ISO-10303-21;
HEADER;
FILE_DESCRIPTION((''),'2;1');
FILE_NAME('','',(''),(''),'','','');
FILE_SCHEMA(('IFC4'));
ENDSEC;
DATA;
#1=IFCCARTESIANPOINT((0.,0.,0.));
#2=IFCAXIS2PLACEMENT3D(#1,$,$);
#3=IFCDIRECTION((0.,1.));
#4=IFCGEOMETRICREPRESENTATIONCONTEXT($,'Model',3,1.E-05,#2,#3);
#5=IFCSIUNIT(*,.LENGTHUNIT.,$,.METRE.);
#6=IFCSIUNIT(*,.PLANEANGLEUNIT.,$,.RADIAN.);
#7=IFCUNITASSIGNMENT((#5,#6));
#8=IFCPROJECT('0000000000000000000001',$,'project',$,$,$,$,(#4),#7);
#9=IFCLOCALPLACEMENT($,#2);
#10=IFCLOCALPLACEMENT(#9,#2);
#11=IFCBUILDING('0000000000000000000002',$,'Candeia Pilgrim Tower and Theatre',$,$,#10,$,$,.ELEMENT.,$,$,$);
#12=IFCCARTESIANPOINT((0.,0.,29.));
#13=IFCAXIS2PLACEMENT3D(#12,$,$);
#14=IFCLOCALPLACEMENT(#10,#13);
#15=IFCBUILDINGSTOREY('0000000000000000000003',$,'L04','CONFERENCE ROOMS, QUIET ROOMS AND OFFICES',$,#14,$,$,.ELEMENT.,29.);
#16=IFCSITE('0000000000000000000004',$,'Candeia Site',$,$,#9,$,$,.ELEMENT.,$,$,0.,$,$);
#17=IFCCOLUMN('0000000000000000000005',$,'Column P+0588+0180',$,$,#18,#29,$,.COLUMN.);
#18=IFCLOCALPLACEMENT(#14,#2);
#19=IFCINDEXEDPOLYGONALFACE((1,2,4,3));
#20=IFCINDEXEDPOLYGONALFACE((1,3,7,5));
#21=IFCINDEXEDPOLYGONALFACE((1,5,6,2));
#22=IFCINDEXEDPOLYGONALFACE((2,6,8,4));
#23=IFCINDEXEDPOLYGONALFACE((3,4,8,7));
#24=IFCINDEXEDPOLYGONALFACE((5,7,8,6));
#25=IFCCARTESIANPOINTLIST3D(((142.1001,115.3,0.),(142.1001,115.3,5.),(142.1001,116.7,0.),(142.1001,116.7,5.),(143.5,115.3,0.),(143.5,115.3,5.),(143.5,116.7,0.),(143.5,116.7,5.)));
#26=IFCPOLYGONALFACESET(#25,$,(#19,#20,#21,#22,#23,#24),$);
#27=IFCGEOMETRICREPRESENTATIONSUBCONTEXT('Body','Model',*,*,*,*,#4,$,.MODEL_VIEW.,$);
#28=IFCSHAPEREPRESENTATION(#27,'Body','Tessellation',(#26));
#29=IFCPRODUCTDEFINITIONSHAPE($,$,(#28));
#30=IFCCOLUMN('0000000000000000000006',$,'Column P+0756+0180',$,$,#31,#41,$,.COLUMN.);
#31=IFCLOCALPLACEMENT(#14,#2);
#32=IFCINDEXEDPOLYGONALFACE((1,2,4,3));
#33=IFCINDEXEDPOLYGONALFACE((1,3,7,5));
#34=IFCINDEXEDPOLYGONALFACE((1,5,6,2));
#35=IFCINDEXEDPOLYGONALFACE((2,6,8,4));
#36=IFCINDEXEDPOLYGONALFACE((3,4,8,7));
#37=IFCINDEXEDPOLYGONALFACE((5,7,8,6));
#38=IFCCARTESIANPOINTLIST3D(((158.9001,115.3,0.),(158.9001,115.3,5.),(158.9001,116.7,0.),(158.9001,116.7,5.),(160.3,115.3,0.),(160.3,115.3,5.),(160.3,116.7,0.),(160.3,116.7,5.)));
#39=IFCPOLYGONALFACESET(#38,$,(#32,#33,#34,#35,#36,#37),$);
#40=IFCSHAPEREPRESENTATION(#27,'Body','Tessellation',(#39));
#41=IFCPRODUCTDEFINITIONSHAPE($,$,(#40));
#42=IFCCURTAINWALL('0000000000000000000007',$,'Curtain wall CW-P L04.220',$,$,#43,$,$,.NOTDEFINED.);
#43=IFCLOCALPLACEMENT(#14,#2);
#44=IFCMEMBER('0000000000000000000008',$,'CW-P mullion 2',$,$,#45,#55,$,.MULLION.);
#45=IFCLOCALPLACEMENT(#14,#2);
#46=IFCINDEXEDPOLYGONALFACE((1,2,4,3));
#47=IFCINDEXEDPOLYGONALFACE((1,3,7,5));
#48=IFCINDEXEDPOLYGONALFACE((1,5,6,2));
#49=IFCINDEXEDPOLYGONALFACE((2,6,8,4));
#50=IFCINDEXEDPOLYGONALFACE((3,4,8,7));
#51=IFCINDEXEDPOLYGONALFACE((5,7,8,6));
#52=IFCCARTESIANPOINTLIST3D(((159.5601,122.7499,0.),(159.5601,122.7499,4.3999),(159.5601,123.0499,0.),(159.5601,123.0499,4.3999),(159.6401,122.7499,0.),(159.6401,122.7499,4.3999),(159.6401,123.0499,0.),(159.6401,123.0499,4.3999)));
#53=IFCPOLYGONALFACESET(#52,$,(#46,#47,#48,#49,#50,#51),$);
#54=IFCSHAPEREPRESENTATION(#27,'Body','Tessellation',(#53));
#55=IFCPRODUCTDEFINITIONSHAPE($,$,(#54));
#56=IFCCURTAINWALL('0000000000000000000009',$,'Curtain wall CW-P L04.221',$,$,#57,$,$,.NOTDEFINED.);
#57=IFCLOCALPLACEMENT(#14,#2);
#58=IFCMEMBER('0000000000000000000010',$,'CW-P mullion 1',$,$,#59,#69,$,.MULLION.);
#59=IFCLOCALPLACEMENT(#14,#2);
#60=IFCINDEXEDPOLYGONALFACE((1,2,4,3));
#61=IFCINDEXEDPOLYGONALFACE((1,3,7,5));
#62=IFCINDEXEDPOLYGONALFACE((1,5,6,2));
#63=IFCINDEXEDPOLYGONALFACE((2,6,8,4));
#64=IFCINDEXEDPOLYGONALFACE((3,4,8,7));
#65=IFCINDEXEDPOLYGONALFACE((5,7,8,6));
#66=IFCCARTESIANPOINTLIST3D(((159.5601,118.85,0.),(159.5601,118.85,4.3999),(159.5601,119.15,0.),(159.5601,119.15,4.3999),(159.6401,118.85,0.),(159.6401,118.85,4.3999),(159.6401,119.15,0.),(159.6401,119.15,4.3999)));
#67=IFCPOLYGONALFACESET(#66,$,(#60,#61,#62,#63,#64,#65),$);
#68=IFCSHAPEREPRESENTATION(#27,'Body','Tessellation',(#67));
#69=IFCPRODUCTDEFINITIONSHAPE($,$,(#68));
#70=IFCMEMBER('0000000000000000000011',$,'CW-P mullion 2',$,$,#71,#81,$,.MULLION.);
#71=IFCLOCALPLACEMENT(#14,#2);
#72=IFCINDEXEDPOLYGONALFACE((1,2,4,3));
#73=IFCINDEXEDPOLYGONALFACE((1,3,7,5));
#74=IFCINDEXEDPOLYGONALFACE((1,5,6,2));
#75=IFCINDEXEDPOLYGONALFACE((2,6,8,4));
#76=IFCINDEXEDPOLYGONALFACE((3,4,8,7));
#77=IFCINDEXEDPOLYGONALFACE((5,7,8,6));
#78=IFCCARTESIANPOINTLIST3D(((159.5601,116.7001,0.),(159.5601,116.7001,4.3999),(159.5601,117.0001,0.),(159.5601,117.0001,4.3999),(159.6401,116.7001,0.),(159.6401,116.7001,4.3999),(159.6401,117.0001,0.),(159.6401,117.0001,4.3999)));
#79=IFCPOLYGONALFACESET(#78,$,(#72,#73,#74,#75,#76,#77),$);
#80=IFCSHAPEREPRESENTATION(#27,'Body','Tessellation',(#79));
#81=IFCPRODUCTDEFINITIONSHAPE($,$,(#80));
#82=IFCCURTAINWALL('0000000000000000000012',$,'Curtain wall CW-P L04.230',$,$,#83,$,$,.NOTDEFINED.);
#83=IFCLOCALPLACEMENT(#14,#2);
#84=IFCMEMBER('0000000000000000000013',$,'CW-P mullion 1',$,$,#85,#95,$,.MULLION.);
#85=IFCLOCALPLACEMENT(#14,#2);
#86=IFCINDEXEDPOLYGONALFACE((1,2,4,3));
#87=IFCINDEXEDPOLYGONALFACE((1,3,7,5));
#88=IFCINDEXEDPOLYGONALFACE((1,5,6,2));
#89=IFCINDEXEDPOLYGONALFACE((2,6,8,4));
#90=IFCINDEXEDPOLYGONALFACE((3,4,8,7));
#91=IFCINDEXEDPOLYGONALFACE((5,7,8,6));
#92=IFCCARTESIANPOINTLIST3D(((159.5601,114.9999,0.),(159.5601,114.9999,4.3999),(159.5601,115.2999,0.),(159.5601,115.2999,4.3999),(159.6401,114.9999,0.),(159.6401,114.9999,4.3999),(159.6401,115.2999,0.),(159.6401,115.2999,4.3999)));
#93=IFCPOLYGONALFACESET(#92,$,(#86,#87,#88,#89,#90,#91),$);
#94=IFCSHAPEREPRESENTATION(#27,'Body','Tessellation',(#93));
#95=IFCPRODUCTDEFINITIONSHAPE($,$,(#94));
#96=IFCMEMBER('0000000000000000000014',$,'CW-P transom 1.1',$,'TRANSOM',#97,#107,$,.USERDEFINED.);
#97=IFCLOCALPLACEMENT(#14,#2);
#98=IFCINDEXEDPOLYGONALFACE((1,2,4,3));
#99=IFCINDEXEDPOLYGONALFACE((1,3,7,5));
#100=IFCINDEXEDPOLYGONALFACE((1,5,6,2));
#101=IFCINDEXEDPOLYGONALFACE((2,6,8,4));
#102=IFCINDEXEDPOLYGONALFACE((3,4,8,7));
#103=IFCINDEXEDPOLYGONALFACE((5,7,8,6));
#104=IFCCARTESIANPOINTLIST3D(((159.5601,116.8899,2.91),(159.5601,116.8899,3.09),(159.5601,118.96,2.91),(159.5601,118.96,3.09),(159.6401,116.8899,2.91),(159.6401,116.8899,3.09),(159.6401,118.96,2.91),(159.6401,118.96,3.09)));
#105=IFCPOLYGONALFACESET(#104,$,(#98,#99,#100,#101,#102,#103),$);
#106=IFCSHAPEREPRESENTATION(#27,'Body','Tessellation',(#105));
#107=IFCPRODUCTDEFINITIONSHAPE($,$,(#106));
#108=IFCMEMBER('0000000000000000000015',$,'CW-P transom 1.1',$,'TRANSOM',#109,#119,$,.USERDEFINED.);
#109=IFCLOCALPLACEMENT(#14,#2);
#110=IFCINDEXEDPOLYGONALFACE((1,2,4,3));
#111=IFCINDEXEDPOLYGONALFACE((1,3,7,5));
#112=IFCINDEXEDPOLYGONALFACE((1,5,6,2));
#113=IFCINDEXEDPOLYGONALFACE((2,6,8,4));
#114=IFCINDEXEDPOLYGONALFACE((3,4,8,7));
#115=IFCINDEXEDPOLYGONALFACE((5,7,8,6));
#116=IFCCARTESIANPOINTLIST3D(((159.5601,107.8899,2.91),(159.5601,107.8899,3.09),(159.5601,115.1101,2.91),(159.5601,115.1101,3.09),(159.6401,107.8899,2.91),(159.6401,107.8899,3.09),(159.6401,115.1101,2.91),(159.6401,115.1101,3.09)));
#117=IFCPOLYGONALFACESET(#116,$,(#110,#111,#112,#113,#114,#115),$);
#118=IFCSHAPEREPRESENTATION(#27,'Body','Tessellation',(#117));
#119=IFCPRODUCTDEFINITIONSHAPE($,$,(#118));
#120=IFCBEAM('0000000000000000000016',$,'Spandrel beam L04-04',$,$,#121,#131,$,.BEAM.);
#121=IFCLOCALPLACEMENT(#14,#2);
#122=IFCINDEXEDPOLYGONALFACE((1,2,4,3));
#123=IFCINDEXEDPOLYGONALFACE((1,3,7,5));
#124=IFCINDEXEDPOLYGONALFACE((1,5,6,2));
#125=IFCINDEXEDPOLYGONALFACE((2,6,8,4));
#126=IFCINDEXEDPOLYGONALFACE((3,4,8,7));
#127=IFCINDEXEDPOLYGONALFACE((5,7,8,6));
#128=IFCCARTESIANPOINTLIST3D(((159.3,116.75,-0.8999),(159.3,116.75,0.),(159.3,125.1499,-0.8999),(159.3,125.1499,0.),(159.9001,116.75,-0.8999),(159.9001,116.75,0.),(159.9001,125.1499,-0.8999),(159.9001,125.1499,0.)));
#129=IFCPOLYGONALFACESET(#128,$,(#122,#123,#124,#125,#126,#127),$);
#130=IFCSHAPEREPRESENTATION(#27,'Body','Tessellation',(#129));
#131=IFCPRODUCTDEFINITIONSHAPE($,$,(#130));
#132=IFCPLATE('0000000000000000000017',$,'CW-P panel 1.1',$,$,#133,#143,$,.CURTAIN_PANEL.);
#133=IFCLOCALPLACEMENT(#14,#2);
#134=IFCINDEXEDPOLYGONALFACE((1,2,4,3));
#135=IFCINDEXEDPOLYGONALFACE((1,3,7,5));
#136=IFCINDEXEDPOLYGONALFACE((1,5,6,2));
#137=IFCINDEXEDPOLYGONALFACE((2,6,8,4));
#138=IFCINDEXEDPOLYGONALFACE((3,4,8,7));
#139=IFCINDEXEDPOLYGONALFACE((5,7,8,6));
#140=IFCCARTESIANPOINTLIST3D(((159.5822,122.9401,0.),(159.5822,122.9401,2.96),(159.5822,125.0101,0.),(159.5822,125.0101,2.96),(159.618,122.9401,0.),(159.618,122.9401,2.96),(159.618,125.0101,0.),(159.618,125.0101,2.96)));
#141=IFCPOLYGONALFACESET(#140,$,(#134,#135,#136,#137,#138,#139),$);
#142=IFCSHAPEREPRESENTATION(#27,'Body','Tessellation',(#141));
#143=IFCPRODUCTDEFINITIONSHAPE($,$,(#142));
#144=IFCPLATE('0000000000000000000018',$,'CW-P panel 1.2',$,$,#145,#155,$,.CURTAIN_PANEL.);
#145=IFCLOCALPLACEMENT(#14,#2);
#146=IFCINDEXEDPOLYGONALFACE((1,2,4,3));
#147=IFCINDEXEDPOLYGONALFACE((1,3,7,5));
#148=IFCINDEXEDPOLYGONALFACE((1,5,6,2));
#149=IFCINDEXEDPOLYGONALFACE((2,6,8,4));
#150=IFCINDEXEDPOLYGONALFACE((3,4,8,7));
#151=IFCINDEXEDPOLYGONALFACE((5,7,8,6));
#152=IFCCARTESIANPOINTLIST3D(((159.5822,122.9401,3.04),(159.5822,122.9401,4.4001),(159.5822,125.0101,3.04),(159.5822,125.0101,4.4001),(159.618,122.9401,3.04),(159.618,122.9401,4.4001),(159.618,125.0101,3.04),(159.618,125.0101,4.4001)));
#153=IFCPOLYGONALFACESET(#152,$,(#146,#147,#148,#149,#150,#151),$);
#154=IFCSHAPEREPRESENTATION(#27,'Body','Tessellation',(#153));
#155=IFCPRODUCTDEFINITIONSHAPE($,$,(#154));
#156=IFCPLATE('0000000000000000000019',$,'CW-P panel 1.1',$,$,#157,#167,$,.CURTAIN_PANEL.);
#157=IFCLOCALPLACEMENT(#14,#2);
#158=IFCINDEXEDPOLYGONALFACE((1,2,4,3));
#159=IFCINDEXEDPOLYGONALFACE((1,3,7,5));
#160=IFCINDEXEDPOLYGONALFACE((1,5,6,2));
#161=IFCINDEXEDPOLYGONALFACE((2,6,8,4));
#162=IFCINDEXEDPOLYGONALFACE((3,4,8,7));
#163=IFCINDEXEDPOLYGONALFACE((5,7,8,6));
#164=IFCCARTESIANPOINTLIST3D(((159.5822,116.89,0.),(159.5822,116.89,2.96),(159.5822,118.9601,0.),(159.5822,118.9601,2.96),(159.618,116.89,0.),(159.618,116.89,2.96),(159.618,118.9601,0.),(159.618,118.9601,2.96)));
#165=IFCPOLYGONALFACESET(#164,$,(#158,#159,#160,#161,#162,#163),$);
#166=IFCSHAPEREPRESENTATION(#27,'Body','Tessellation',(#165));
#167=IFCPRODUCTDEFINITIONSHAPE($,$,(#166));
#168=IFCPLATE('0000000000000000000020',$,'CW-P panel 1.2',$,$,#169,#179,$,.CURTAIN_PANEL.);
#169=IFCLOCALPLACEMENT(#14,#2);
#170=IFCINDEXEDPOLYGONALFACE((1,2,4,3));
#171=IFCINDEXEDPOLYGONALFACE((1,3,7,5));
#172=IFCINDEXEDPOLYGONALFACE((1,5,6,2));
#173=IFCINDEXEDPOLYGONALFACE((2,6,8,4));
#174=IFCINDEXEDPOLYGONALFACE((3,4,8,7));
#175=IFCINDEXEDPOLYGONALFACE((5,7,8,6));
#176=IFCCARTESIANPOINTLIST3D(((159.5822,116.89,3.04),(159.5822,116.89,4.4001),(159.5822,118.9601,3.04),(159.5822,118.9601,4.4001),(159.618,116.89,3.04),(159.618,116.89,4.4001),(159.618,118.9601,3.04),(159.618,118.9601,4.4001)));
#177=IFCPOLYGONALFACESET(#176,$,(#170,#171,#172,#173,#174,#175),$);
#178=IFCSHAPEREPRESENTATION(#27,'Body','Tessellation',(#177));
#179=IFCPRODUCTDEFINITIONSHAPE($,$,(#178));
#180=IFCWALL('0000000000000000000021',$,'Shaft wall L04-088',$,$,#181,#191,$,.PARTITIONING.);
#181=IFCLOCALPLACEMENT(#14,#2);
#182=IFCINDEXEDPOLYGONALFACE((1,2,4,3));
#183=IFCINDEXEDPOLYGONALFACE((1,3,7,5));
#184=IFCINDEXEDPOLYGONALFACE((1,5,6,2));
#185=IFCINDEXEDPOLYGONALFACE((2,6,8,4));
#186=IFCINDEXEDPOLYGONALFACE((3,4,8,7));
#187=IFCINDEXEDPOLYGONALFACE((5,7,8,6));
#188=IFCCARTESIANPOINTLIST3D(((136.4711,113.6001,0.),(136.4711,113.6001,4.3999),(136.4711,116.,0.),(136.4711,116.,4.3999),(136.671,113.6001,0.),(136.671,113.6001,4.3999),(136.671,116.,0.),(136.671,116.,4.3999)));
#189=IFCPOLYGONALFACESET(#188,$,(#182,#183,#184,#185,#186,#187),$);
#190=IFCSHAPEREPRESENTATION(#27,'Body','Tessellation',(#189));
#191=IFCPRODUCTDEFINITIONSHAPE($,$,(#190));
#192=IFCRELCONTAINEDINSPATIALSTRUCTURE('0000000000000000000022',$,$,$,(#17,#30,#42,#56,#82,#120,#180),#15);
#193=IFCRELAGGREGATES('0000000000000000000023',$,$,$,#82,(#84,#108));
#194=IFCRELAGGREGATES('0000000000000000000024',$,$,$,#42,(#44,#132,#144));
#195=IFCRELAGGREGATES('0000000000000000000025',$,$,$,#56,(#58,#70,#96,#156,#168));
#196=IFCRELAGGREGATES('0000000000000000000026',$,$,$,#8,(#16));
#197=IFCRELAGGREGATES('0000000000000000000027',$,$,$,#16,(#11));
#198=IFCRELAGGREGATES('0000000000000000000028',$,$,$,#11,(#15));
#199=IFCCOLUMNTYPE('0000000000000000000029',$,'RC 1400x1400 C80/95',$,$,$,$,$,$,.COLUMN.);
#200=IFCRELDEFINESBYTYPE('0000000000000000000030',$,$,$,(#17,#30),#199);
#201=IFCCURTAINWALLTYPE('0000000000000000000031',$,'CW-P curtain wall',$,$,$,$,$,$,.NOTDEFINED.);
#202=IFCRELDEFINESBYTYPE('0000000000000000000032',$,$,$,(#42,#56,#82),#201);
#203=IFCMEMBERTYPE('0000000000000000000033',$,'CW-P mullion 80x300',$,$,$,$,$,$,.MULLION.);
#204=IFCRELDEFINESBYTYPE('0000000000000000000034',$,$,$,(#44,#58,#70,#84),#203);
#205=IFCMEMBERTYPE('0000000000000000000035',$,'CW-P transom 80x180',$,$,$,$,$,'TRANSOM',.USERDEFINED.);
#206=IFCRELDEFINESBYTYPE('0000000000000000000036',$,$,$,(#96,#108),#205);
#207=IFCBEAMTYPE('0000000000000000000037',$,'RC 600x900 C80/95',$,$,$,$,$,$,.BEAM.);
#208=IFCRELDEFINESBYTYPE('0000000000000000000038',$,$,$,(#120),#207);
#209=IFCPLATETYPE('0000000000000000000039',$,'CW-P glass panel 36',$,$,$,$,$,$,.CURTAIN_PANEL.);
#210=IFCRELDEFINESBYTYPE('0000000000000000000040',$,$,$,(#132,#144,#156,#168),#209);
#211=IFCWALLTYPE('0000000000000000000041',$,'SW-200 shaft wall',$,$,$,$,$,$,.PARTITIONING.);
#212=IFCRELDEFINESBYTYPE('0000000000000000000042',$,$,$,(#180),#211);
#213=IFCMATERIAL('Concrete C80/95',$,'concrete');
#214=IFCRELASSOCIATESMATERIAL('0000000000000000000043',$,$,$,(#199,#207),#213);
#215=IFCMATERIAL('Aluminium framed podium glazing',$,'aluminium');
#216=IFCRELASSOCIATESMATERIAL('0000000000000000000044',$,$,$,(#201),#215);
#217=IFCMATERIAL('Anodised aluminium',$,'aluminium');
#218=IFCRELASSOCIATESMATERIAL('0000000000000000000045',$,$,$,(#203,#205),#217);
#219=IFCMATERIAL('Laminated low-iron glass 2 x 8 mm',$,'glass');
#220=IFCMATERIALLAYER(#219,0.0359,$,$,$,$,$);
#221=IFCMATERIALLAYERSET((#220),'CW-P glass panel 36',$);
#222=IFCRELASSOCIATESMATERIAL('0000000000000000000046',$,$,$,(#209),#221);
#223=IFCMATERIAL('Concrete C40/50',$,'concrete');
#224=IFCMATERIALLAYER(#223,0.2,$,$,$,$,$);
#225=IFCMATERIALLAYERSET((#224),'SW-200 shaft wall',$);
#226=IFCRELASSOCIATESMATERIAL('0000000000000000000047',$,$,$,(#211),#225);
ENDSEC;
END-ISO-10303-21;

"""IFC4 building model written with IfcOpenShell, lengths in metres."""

from ifc_helpers import new_model, si_unit, direction, frame, frame_2d, origin, origin_2d, place, context, subcontext, project, spatial, rectangle, extrude, material, layer, layer_set, material_profile, profile_set, type_object, element, aggregate, save


model = new_model("IFC4")

# Units and contexts
model_context = context("Model", 3, precision=1e-05, world=origin(), true_north=direction((0.0, 1.0)))
body_context = subcontext(model_context, "Body", "Model", "MODEL_VIEW")
ifc_project = project(units=[si_unit("LENGTHUNIT", "METRE"), si_unit("PLANEANGLEUNIT", "RADIAN")], contexts=[model_context])

# Site, building, storey
site_placement = place(None, origin())
site = spatial("IfcSite", under=ifc_project, at=site_placement, Name="Candeia Site", CompositionType="ELEMENT", RefElevation=0.0)
building_placement = place(site_placement, origin())
building = spatial("IfcBuilding", under=site, at=building_placement, Name="Candeia Pilgrim Tower and Theatre", CompositionType="ELEMENT")
storey_placement = place(building_placement, frame((0.0, 0.0, 29.0)))
storey = spatial("IfcBuildingStorey", under=building, at=storey_placement, Name="L04", Description="CONFERENCE ROOMS, QUIET ROOMS AND OFFICES", CompositionType="ELEMENT", Elevation=29.0)

# Columns
ifc_material_1 = material(Name="Concrete C80/95", Category="concrete")
ifc_material_profile_1 = material_profile(ifc_material_1, rectangle(XDim=1.3999, YDim=1.3999, at=origin_2d()))
ifc_profile_set_1 = profile_set([ifc_material_profile_1], Name="Concrete C80/95")
column_type = type_object("IfcColumnType", Name="RC 1400x1400 C80/95", PredefinedType="COLUMN", material=ifc_profile_set_1)
for number, where, z_axis, x_axis, name in (
    (1, (142.8, 116.0, 0.0), (0.0, 0.0, 1.0), (1.0, 0.0, 0.0), "Column P+0588+0180"),
    (2, (159.6001, 116.0, 0.0), (0.0, 0.0, 1.0), (1.0, 0.0, 0.0), "Column P+0756+0180"),
):
    element("IfcColumn", number, at=place(storey_placement, frame(where, z_axis=z_axis, x_axis=x_axis)), inside=storey, type_object=column_type, Name=name, PredefinedType="COLUMN", context=body_context, shape_type="SweptSolid", body=[
        extrude(rectangle(XDim=1.3999, YDim=1.3999, at=origin_2d()), origin(), (0.0, 0.0, 1.0), 5.0),
    ])

# Curtain wall, member
ifc_material_2 = material(Name="Aluminium framed podium glazing", Category="aluminium")
curtain_wall_type = type_object("IfcCurtainWallType", Name="CW-P curtain wall", PredefinedType="NOTDEFINED", material=ifc_material_2)
curtain_wall_1_placement = place(storey_placement, origin())
curtain_wall_1 = element("IfcCurtainWall", 3, at=curtain_wall_1_placement, inside=storey, type_object=curtain_wall_type, Name="Curtain wall CW-P L04.220", PredefinedType="NOTDEFINED")
ifc_material_3 = material(Name="Anodised aluminium", Category="aluminium")
ifc_material_profile_2 = material_profile(ifc_material_3, rectangle(XDim=0.0801, YDim=0.3, at=origin_2d()))
ifc_profile_set_2 = profile_set([ifc_material_profile_2], Name="Anodised aluminium")
member_type_1 = type_object("IfcMemberType", Name="CW-P mullion 80x300", PredefinedType="MULLION", material=ifc_profile_set_2)
member_1_placement = place(storey_placement, frame((159.6001, 122.8999, 0.0), z_axis=(0.0, 0.0, 1.0), x_axis=(1.0, 0.0, 0.0)))
member_1 = element("IfcMember", 4, at=member_1_placement, type_object=member_type_1, Name="CW-P mullion 2", PredefinedType="MULLION", context=body_context, shape_type="SweptSolid", body=[
    extrude(rectangle(XDim=0.0801, YDim=0.3, at=origin_2d()), origin(), (0.0, 0.0, 1.0), 4.3999),
])

# Curtain wall, members
curtain_wall_2_placement = place(storey_placement, origin())
curtain_wall_2 = element("IfcCurtainWall", 5, at=curtain_wall_2_placement, inside=storey, type_object=curtain_wall_type, Name="Curtain wall CW-P L04.221", PredefinedType="NOTDEFINED")
member_2_placement = place(storey_placement, frame((159.6001, 119.0, 0.0), z_axis=(0.0, 0.0, 1.0), x_axis=(1.0, 0.0, 0.0)))
member_2 = element("IfcMember", 6, at=member_2_placement, type_object=member_type_1, Name="CW-P mullion 1", PredefinedType="MULLION", context=body_context, shape_type="SweptSolid", body=[
    extrude(rectangle(XDim=0.0801, YDim=0.3, at=origin_2d()), origin(), (0.0, 0.0, 1.0), 4.3999),
])
member_3_placement = place(storey_placement, frame((159.6001, 116.8501, 0.0), z_axis=(0.0, 0.0, 1.0), x_axis=(1.0, 0.0, 0.0)))
member_3 = element("IfcMember", 7, at=member_3_placement, type_object=member_type_1, Name="CW-P mullion 2", PredefinedType="MULLION", context=body_context, shape_type="SweptSolid", body=[
    extrude(rectangle(XDim=0.0801, YDim=0.3, at=origin_2d()), origin(), (0.0, 0.0, 1.0), 4.3999),
])

# Curtain wall, member
curtain_wall_3_placement = place(storey_placement, origin())
curtain_wall_3 = element("IfcCurtainWall", 8, at=curtain_wall_3_placement, inside=storey, type_object=curtain_wall_type, Name="Curtain wall CW-P L04.230", PredefinedType="NOTDEFINED")
member_4_placement = place(storey_placement, frame((159.6001, 115.1499, 0.0), z_axis=(0.0, 0.0, 1.0), x_axis=(1.0, 0.0, 0.0)))
member_4 = element("IfcMember", 9, at=member_4_placement, type_object=member_type_1, Name="CW-P mullion 1", PredefinedType="MULLION", context=body_context, shape_type="SweptSolid", body=[
    extrude(rectangle(XDim=0.0801, YDim=0.3, at=origin_2d()), origin(), (0.0, 0.0, 1.0), 4.3999),
])

# Members
ifc_material_profile_3 = material_profile(ifc_material_3, rectangle(XDim=0.0801, YDim=0.1799, at=origin_2d()))
ifc_profile_set_3 = profile_set([ifc_material_profile_3], Name="Anodised aluminium")
member_type_2 = type_object("IfcMemberType", Name="CW-P transom 80x180", ElementType="TRANSOM", PredefinedType="USERDEFINED", material=ifc_profile_set_3)
member_5_placement = place(storey_placement, frame((159.6001, 118.96, 3.0), z_axis=(0.0, -1.0, 0.0), x_axis=(1.0, 0.0, 0.0)))
member_5 = element("IfcMember", 10, at=member_5_placement, type_object=member_type_2, Name="CW-P transom 1.1", ObjectType="TRANSOM", PredefinedType="USERDEFINED", context=body_context, shape_type="SweptSolid", body=[
    extrude(rectangle(XDim=0.0801, YDim=0.1799, at=origin_2d()), origin(), (0.0, 0.0, 1.0), 2.0701),
])
member_6_placement = place(storey_placement, frame((159.6001, 115.1101, 3.0), z_axis=(0.0, -1.0, 0.0), x_axis=(1.0, 0.0, 0.0)))
member_6 = element("IfcMember", 11, at=member_6_placement, type_object=member_type_2, Name="CW-P transom 1.1", ObjectType="TRANSOM", PredefinedType="USERDEFINED", context=body_context, shape_type="SweptSolid", body=[
    extrude(rectangle(XDim=0.0801, YDim=0.1799, at=origin_2d()), origin(), (0.0, 0.0, 1.0), 7.2202),
])
aggregate(curtain_wall_3, [member_4, member_6])

# Beam
ifc_material_profile_4 = material_profile(ifc_material_1, rectangle(XDim=0.6001, YDim=0.8999, at=origin_2d()))
ifc_profile_set_4 = profile_set([ifc_material_profile_4], Name="Concrete C80/95")
beam_type = type_object("IfcBeamType", Name="RC 600x900 C80/95", PredefinedType="BEAM", material=ifc_profile_set_4)
beam_placement = place(storey_placement, frame((159.6001, 116.75, -0.45), z_axis=(0.0, 1.0, 0.0), x_axis=(-1.0, 0.0, 0.0)))
element("IfcBeam", 12, at=beam_placement, inside=storey, type_object=beam_type, Name="Spandrel beam L04-04", PredefinedType="BEAM", context=body_context, shape_type="SweptSolid", body=[
    extrude(rectangle(XDim=0.6001, YDim=0.8999, at=origin_2d()), origin(), (0.0, 0.0, 1.0), 8.3999),
])

# Plates
ifc_material_4 = material(Name="Laminated low-iron glass 2 x 8 mm", Category="glass")
ifc_layer_1 = layer(ifc_material_4, 0.0359)
ifc_layer_set_1 = layer_set([ifc_layer_1], Name="CW-P glass panel 36")
plate_type = type_object("IfcPlateType", Name="CW-P glass panel 36", PredefinedType="CURTAIN_PANEL", material=ifc_layer_set_1)
plate_1_placement = place(storey_placement, frame((159.6001, 123.9751, 0.0), z_axis=(0.0, 0.0, 1.0), x_axis=(0.0, -1.0, 0.0)))
plate_1 = element("IfcPlate", 13, at=plate_1_placement, type_object=plate_type, Name="CW-P panel 1.1", PredefinedType="CURTAIN_PANEL", context=body_context, shape_type="SweptSolid", body=[
    extrude(rectangle(XDim=2.0701, YDim=0.0359, at=origin_2d()), origin(), (0.0, 0.0, 1.0), 2.96),
])
plate_2_placement = place(storey_placement, frame((159.6001, 123.9751, 3.04), z_axis=(0.0, 0.0, 1.0), x_axis=(0.0, -1.0, 0.0)))
plate_2 = element("IfcPlate", 14, at=plate_2_placement, type_object=plate_type, Name="CW-P panel 1.2", PredefinedType="CURTAIN_PANEL", context=body_context, shape_type="SweptSolid", body=[
    extrude(rectangle(XDim=2.0701, YDim=0.0359, at=origin_2d()), origin(), (0.0, 0.0, 1.0), 1.3601),
])
aggregate(curtain_wall_1, [member_1, plate_1, plate_2])
plate_3_placement = place(storey_placement, frame((159.6001, 117.925, 0.0), z_axis=(0.0, 0.0, 1.0), x_axis=(0.0, -1.0, 0.0)))
plate_3 = element("IfcPlate", 15, at=plate_3_placement, type_object=plate_type, Name="CW-P panel 1.1", PredefinedType="CURTAIN_PANEL", context=body_context, shape_type="SweptSolid", body=[
    extrude(rectangle(XDim=2.0701, YDim=0.0359, at=origin_2d()), origin(), (0.0, 0.0, 1.0), 2.96),
])
plate_4_placement = place(storey_placement, frame((159.6001, 117.925, 3.04), z_axis=(0.0, 0.0, 1.0), x_axis=(0.0, -1.0, 0.0)))
plate_4 = element("IfcPlate", 16, at=plate_4_placement, type_object=plate_type, Name="CW-P panel 1.2", PredefinedType="CURTAIN_PANEL", context=body_context, shape_type="SweptSolid", body=[
    extrude(rectangle(XDim=2.0701, YDim=0.0359, at=origin_2d()), origin(), (0.0, 0.0, 1.0), 1.3601),
])
aggregate(curtain_wall_2, [member_2, member_3, member_5, plate_3, plate_4])

# Wall
ifc_material_5 = material(Name="Concrete C40/50", Category="concrete")
ifc_layer_2 = layer(ifc_material_5, 0.2)
ifc_layer_set_2 = layer_set([ifc_layer_2], Name="SW-200 shaft wall")
wall_type_1 = type_object("IfcWallType", Name="SW-200 shaft wall", PredefinedType="PARTITIONING", material=ifc_layer_set_2)
for number, where, z_axis, x_axis, name in (
    (17, (136.571, 113.6001, 0.0), (0.0, 0.0, 1.0), (0.0, 1.0, 0.0), "Shaft wall L04-088"),
):
    element("IfcWall", number, at=place(storey_placement, frame(where, z_axis=z_axis, x_axis=x_axis)), inside=storey, type_object=wall_type_1, Name=name, PredefinedType="PARTITIONING", context=body_context, shape_type="SweptSolid", body=[
        extrude(rectangle(XDim=2.3999, YDim=0.2, at=frame_2d((1.2, 0.0))), origin(), (0.0, 0.0, 1.0), 4.3999),
    ])

save(model, "model.ifc")
